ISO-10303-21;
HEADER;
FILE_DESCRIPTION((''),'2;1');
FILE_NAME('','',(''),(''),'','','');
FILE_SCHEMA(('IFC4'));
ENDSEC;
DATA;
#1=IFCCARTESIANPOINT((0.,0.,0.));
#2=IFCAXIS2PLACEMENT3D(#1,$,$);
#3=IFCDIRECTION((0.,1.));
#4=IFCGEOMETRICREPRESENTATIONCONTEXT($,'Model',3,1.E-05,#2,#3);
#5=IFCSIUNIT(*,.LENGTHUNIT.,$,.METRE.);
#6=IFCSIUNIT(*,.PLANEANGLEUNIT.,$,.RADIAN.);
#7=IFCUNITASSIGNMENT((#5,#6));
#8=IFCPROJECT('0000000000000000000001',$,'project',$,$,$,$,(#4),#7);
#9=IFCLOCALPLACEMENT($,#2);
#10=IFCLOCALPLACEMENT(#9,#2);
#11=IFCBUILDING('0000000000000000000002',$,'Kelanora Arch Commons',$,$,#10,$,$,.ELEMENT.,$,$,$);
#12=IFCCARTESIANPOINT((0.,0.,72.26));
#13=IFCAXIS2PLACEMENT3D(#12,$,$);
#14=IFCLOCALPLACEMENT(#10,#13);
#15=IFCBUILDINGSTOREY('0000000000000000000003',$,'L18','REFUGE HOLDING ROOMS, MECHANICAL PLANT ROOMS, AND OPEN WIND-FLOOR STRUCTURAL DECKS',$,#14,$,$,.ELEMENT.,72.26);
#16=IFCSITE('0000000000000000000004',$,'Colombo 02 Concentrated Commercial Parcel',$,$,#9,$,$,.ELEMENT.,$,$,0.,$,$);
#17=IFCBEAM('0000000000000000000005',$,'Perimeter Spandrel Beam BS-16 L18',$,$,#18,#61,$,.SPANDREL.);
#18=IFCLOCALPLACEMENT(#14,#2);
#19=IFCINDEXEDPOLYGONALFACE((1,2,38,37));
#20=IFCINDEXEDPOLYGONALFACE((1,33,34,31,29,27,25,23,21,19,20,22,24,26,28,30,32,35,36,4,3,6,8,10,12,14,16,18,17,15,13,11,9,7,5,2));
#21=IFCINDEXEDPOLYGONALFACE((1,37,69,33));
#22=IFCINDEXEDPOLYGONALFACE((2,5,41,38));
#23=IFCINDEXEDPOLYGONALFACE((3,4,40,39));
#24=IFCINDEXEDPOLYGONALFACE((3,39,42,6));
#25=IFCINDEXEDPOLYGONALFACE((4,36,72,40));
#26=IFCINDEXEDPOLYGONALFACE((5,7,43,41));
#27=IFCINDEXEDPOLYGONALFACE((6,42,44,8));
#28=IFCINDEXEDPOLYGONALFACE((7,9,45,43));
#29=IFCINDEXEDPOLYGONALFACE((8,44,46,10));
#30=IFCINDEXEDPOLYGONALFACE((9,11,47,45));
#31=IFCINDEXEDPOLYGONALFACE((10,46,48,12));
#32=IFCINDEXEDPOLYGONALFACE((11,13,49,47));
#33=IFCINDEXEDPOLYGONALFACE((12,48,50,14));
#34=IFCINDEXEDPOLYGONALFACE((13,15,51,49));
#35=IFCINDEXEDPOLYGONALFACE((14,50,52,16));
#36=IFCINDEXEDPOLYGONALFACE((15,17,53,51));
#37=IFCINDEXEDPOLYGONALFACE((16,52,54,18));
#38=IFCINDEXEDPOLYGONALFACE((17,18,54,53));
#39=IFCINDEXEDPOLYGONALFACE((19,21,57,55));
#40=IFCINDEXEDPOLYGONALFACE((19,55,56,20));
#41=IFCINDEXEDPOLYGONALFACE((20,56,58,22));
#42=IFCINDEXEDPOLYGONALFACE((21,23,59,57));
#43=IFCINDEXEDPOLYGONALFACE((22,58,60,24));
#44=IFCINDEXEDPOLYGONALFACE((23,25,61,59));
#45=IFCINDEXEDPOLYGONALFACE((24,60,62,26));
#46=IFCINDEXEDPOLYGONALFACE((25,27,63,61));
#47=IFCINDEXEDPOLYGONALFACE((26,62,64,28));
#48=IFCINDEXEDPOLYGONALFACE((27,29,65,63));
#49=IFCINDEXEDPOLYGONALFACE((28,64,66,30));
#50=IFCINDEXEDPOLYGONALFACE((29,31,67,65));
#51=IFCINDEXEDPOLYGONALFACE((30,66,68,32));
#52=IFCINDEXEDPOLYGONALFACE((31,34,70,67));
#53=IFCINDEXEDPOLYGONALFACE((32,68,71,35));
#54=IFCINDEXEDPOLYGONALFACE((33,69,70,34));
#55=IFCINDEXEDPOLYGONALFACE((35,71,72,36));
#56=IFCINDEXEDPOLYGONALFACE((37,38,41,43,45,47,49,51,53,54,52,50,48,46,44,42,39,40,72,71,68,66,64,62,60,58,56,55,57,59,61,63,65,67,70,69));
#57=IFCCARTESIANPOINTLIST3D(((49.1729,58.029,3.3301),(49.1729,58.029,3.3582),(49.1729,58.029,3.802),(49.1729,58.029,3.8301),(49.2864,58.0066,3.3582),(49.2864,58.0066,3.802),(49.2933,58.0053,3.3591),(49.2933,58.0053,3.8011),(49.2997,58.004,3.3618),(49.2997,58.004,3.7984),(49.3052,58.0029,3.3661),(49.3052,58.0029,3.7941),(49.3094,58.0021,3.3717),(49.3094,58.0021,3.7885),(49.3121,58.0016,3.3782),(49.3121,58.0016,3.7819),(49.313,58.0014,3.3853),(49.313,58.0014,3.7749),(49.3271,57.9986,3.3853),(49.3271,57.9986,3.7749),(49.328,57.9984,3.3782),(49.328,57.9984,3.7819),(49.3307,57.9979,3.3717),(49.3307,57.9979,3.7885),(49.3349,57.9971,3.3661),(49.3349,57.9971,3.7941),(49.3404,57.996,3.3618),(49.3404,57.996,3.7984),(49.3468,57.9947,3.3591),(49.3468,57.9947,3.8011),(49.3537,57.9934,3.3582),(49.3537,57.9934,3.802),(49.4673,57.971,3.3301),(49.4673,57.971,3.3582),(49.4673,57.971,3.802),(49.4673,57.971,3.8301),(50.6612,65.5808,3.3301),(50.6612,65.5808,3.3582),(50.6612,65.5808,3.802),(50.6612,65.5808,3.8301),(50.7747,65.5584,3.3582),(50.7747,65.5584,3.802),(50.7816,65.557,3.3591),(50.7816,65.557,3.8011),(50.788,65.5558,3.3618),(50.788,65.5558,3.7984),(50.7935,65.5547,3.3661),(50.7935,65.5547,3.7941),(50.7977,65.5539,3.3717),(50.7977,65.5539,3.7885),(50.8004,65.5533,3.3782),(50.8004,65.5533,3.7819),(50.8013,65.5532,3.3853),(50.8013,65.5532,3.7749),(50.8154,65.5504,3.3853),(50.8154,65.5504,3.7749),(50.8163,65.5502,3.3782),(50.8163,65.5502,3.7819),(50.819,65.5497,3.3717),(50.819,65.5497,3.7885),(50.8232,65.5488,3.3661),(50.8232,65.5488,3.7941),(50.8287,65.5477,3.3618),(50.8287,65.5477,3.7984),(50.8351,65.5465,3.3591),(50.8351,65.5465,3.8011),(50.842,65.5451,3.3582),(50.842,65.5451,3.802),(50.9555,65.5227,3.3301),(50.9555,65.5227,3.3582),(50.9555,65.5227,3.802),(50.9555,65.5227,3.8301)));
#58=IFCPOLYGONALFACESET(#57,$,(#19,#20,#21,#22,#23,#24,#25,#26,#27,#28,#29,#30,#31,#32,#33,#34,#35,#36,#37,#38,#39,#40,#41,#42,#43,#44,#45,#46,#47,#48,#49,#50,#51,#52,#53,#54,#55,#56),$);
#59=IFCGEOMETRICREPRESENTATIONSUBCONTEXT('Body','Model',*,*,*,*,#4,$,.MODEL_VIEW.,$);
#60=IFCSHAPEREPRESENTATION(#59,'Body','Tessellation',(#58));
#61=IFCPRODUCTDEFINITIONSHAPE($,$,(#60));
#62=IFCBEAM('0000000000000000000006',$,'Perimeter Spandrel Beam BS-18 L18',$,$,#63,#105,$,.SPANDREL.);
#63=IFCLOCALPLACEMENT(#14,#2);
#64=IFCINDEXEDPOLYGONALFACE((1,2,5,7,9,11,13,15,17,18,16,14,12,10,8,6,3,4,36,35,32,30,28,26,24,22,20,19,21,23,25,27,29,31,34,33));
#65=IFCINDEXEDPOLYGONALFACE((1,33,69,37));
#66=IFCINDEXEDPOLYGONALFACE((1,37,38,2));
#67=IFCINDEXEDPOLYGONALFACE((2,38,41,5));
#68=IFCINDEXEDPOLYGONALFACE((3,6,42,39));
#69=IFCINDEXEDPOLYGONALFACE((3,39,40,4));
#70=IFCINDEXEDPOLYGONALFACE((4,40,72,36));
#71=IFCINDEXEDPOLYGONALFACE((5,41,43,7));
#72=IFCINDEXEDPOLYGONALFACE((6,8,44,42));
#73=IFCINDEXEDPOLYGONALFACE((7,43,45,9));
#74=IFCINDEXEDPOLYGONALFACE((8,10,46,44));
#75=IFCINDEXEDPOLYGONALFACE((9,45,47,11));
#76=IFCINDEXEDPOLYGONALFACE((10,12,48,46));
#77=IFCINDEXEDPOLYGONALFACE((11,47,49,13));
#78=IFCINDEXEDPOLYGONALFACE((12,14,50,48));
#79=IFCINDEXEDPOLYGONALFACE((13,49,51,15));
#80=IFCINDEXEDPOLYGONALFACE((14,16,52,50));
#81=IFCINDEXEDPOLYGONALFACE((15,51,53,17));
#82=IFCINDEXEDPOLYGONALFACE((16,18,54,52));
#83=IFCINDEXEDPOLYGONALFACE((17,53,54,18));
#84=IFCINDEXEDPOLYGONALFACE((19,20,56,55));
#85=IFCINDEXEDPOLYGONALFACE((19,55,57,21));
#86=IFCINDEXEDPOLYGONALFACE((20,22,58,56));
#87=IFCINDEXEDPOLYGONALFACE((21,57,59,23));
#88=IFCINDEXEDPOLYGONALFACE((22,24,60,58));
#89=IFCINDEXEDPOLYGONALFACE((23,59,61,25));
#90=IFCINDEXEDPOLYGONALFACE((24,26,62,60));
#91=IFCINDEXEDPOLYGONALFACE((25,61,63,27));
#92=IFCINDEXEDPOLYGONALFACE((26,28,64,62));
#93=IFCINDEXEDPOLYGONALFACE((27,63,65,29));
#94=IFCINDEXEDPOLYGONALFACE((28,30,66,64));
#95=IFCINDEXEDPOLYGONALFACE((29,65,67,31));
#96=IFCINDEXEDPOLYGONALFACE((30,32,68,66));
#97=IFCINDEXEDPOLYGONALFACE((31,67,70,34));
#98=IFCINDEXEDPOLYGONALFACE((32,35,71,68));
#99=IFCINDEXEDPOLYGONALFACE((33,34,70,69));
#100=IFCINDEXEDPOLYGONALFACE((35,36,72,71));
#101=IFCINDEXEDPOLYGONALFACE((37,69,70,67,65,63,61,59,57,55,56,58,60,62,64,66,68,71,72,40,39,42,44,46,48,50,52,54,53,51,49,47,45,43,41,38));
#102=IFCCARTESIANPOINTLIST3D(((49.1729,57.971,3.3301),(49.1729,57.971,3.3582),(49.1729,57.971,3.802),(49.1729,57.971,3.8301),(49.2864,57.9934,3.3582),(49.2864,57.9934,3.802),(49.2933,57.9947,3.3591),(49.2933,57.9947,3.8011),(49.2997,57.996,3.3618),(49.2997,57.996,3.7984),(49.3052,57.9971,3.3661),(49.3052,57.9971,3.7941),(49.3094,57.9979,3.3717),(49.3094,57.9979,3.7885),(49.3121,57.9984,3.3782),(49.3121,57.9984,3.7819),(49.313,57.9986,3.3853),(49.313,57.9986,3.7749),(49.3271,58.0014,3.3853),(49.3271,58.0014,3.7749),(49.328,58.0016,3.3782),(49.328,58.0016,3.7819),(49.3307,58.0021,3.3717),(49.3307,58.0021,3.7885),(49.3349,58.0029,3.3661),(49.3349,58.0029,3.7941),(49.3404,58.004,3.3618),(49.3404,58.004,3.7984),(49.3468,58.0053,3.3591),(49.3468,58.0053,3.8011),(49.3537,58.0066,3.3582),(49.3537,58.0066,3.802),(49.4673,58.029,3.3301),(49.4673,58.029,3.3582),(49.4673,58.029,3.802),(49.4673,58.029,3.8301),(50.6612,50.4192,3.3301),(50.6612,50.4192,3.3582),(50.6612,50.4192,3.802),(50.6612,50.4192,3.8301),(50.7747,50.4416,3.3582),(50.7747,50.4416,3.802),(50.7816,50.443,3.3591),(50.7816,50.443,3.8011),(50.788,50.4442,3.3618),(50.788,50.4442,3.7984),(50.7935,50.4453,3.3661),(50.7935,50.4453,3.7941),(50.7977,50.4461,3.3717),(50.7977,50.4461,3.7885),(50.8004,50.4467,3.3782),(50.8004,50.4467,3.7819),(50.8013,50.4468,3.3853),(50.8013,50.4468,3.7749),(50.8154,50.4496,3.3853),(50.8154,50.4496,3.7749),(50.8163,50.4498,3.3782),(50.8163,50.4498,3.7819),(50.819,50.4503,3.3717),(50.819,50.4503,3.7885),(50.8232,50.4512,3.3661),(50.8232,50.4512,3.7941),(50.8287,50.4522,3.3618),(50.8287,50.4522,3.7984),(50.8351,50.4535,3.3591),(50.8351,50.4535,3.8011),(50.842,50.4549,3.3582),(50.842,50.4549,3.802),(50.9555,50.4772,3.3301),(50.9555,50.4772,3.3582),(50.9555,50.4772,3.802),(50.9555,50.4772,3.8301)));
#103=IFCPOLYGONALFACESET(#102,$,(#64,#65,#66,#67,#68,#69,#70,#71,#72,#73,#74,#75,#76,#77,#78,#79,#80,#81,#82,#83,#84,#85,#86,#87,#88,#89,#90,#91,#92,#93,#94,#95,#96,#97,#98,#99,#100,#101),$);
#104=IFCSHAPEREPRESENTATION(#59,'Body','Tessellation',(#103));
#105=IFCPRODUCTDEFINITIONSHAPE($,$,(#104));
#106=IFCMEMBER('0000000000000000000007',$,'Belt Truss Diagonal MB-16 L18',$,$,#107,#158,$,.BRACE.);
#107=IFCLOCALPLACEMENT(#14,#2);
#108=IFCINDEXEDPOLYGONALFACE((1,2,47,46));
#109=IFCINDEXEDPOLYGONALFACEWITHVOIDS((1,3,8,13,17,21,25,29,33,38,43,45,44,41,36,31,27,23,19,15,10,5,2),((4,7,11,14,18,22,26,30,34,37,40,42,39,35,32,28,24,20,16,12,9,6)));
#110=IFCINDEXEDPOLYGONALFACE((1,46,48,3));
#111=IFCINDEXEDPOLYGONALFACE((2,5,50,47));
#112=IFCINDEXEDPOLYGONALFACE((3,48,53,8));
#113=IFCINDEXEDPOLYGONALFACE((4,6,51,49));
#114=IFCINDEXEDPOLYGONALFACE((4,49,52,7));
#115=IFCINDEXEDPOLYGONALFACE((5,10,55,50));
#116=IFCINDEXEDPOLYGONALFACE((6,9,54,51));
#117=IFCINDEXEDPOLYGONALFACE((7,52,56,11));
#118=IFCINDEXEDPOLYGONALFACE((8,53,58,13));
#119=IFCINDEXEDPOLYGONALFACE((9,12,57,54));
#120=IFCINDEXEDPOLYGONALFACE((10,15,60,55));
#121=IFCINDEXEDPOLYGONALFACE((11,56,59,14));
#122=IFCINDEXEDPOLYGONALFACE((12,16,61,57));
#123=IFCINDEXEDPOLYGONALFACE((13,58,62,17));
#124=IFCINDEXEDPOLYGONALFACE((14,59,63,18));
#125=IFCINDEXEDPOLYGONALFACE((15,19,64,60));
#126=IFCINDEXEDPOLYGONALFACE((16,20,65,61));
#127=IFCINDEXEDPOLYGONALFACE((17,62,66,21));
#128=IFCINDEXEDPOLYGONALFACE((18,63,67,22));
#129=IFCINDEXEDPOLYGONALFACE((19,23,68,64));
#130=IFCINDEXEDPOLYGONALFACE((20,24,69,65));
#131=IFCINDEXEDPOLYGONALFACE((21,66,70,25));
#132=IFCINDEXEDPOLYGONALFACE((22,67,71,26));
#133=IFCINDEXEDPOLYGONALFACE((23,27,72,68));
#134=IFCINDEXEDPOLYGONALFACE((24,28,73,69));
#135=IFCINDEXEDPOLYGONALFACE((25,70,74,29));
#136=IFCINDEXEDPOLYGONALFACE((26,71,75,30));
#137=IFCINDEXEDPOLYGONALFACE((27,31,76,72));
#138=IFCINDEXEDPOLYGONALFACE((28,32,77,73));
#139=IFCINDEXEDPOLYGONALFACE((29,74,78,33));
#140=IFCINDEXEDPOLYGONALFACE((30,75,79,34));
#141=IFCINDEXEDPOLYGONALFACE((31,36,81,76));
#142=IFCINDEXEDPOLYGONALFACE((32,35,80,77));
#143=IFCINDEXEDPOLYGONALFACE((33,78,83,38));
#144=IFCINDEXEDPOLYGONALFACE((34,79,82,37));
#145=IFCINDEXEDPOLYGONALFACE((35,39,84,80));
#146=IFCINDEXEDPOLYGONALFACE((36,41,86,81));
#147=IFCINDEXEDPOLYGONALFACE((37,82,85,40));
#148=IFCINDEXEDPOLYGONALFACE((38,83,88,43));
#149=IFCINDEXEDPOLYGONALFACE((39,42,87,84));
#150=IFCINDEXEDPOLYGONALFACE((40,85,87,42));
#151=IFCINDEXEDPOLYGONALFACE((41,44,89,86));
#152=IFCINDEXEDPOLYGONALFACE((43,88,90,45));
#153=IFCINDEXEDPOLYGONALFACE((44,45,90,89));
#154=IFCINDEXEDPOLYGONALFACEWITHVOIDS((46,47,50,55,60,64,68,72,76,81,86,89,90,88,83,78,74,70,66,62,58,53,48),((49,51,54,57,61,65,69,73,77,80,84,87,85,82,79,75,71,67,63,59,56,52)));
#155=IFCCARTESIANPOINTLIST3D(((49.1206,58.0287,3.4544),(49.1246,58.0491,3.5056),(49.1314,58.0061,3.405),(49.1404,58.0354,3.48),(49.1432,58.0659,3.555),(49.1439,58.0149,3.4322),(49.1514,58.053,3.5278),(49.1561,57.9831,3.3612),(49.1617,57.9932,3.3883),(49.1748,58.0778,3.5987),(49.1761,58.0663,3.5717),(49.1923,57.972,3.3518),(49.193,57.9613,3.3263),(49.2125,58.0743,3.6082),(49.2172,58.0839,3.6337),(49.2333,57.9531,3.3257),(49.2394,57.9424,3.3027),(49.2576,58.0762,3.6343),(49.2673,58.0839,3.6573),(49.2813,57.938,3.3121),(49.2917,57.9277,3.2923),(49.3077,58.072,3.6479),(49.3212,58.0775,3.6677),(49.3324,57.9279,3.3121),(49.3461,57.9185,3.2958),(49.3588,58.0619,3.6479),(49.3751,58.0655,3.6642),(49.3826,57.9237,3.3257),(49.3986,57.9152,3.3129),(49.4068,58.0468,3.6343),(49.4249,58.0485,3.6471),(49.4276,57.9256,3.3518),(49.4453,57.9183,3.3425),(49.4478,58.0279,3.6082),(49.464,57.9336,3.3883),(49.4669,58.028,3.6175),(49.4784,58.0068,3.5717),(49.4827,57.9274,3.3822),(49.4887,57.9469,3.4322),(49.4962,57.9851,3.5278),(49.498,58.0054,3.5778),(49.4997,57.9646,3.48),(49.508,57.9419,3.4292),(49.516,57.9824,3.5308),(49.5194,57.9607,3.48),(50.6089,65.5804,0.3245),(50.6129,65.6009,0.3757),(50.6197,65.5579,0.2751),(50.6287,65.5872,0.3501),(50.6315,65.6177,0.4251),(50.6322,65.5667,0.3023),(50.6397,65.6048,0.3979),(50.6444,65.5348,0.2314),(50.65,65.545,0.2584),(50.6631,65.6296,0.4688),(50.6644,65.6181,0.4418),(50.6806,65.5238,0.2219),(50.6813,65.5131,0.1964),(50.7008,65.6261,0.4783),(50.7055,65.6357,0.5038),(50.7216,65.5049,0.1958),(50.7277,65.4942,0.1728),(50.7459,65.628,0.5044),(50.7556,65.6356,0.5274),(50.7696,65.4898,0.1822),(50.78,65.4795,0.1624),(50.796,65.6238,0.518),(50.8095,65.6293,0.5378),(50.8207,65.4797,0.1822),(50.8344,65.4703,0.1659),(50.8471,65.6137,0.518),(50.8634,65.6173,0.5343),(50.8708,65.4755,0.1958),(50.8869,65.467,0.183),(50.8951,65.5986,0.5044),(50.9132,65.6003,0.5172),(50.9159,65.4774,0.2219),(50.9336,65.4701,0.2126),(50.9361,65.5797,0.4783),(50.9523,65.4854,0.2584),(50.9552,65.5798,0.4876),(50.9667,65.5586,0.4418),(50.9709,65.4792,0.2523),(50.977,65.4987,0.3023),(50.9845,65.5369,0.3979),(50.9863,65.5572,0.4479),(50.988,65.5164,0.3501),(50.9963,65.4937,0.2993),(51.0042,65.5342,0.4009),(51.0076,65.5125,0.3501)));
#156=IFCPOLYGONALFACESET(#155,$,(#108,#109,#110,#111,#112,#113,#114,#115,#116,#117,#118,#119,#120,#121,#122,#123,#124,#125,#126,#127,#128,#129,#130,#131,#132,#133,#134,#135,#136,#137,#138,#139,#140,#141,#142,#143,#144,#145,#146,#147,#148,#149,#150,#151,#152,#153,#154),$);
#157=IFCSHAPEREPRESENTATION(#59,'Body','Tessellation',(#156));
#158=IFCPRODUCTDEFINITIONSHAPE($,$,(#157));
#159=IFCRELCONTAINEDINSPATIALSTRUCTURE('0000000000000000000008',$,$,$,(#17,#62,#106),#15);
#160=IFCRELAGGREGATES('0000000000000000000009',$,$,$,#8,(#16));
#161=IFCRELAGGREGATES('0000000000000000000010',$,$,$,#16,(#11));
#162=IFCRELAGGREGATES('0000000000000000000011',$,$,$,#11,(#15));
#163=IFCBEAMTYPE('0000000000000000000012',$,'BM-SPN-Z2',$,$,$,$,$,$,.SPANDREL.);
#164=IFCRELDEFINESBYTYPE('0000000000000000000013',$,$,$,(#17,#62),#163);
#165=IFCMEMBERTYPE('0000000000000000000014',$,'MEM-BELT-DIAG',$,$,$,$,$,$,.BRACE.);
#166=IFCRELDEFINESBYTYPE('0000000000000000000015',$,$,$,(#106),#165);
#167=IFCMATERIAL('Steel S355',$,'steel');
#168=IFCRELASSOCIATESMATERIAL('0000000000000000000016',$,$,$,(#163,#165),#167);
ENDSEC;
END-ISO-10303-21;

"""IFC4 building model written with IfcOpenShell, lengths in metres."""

from ifc_helpers import new_model, si_unit, direction, frame, origin, origin_2d, place, context, subcontext, project, spatial, hollow_circle, i_section, extrude, material, material_profile, profile_set, type_object, element, save


model = new_model("IFC4")

# Units and contexts
model_context = context("Model", 3, precision=1e-05, world=origin(), true_north=direction((0.0, 1.0)))
body_context = subcontext(model_context, "Body", "Model", "MODEL_VIEW")
ifc_project = project(units=[si_unit("LENGTHUNIT", "METRE"), si_unit("PLANEANGLEUNIT", "RADIAN")], contexts=[model_context])

# Site, building, storey
site_placement = place(None, origin())
site = spatial("IfcSite", under=ifc_project, at=site_placement, Name="Colombo 02 Concentrated Commercial Parcel", CompositionType="ELEMENT", RefElevation=0.0)
building_placement = place(site_placement, origin())
building = spatial("IfcBuilding", under=site, at=building_placement, Name="Kelanora Arch Commons", CompositionType="ELEMENT")
storey_placement = place(building_placement, frame((0.0, 0.0, 72.26)))
storey = spatial("IfcBuildingStorey", under=building, at=storey_placement, Name="L18", Description="REFUGE HOLDING ROOMS, MECHANICAL PLANT ROOMS, AND OPEN WIND-FLOOR STRUCTURAL DECKS", CompositionType="ELEMENT", Elevation=72.26)

# Beams
ifc_material_1 = material(Name="Steel S355", Category="steel")
ifc_material_profile_1 = material_profile(ifc_material_1, i_section(OverallWidth=0.3, OverallDepth=0.5, WebThickness=0.0144, FlangeThickness=0.0281, FilletRadius=0.0271, at=origin_2d()), Name="HEB500")
ifc_profile_set_1 = profile_set([ifc_material_profile_1], Name="Steel S355")
beam_type_1 = type_object("IfcBeamType", Name="BM-SPN-Z2", PredefinedType="SPANDREL", material=ifc_profile_set_1)
for number, where, z_axis, x_axis, name in (
    (1, (50.8083, 65.5518, 3.5801), (-0.193358, -0.981128, 0.0), (0.981128, -0.193358, 0.0), "Perimeter Spandrel Beam BS-16 L18"),
    (2, (49.3201, 58.0, 3.5801), (0.193358, -0.981128, 0.0), (0.981128, 0.193358, 0.0), "Perimeter Spandrel Beam BS-18 L18"),
):
    element("IfcBeam", number, at=place(storey_placement, frame(where, z_axis=z_axis, x_axis=x_axis)), inside=storey, type_object=beam_type_1, Name=name, PredefinedType="SPANDREL", context=body_context, shape_type="SweptSolid", body=[
        extrude(i_section(OverallWidth=0.3, OverallDepth=0.5, WebThickness=0.0144, FlangeThickness=0.0281, FilletRadius=0.0271, at=origin_2d()), origin(), (0.0, 0.0, 1.0), 7.697),
    ])

# Member
ifc_material_profile_2 = material_profile(ifc_material_1, hollow_circle(Radius=0.2031, WallThickness=0.02, at=origin_2d()), Name="CHS406.4x20")
ifc_profile_set_2 = profile_set([ifc_material_profile_2], Name="Steel S355")
member_type = type_object("IfcMemberType", Name="MEM-BELT-DIAG", PredefinedType="BRACE", material=ifc_profile_set_2)
for number, where, z_axis, x_axis, name in (
    (3, (50.8083, 65.5518, 0.3501), (-0.179116, -0.90886, 0.376684), (0.981128, -0.193358, 0.0), "Belt Truss Diagonal MB-16 L18"),
):
    element("IfcMember", number, at=place(storey_placement, frame(where, z_axis=z_axis, x_axis=x_axis)), inside=storey, type_object=member_type, Name=name, PredefinedType="BRACE", context=body_context, shape_type="SweptSolid", body=[
        extrude(hollow_circle(Radius=0.2031, WallThickness=0.02, at=origin_2d()), origin(), (0.0, 0.0, 1.0), 8.3091),
    ])

save(model, "model.ifc")
